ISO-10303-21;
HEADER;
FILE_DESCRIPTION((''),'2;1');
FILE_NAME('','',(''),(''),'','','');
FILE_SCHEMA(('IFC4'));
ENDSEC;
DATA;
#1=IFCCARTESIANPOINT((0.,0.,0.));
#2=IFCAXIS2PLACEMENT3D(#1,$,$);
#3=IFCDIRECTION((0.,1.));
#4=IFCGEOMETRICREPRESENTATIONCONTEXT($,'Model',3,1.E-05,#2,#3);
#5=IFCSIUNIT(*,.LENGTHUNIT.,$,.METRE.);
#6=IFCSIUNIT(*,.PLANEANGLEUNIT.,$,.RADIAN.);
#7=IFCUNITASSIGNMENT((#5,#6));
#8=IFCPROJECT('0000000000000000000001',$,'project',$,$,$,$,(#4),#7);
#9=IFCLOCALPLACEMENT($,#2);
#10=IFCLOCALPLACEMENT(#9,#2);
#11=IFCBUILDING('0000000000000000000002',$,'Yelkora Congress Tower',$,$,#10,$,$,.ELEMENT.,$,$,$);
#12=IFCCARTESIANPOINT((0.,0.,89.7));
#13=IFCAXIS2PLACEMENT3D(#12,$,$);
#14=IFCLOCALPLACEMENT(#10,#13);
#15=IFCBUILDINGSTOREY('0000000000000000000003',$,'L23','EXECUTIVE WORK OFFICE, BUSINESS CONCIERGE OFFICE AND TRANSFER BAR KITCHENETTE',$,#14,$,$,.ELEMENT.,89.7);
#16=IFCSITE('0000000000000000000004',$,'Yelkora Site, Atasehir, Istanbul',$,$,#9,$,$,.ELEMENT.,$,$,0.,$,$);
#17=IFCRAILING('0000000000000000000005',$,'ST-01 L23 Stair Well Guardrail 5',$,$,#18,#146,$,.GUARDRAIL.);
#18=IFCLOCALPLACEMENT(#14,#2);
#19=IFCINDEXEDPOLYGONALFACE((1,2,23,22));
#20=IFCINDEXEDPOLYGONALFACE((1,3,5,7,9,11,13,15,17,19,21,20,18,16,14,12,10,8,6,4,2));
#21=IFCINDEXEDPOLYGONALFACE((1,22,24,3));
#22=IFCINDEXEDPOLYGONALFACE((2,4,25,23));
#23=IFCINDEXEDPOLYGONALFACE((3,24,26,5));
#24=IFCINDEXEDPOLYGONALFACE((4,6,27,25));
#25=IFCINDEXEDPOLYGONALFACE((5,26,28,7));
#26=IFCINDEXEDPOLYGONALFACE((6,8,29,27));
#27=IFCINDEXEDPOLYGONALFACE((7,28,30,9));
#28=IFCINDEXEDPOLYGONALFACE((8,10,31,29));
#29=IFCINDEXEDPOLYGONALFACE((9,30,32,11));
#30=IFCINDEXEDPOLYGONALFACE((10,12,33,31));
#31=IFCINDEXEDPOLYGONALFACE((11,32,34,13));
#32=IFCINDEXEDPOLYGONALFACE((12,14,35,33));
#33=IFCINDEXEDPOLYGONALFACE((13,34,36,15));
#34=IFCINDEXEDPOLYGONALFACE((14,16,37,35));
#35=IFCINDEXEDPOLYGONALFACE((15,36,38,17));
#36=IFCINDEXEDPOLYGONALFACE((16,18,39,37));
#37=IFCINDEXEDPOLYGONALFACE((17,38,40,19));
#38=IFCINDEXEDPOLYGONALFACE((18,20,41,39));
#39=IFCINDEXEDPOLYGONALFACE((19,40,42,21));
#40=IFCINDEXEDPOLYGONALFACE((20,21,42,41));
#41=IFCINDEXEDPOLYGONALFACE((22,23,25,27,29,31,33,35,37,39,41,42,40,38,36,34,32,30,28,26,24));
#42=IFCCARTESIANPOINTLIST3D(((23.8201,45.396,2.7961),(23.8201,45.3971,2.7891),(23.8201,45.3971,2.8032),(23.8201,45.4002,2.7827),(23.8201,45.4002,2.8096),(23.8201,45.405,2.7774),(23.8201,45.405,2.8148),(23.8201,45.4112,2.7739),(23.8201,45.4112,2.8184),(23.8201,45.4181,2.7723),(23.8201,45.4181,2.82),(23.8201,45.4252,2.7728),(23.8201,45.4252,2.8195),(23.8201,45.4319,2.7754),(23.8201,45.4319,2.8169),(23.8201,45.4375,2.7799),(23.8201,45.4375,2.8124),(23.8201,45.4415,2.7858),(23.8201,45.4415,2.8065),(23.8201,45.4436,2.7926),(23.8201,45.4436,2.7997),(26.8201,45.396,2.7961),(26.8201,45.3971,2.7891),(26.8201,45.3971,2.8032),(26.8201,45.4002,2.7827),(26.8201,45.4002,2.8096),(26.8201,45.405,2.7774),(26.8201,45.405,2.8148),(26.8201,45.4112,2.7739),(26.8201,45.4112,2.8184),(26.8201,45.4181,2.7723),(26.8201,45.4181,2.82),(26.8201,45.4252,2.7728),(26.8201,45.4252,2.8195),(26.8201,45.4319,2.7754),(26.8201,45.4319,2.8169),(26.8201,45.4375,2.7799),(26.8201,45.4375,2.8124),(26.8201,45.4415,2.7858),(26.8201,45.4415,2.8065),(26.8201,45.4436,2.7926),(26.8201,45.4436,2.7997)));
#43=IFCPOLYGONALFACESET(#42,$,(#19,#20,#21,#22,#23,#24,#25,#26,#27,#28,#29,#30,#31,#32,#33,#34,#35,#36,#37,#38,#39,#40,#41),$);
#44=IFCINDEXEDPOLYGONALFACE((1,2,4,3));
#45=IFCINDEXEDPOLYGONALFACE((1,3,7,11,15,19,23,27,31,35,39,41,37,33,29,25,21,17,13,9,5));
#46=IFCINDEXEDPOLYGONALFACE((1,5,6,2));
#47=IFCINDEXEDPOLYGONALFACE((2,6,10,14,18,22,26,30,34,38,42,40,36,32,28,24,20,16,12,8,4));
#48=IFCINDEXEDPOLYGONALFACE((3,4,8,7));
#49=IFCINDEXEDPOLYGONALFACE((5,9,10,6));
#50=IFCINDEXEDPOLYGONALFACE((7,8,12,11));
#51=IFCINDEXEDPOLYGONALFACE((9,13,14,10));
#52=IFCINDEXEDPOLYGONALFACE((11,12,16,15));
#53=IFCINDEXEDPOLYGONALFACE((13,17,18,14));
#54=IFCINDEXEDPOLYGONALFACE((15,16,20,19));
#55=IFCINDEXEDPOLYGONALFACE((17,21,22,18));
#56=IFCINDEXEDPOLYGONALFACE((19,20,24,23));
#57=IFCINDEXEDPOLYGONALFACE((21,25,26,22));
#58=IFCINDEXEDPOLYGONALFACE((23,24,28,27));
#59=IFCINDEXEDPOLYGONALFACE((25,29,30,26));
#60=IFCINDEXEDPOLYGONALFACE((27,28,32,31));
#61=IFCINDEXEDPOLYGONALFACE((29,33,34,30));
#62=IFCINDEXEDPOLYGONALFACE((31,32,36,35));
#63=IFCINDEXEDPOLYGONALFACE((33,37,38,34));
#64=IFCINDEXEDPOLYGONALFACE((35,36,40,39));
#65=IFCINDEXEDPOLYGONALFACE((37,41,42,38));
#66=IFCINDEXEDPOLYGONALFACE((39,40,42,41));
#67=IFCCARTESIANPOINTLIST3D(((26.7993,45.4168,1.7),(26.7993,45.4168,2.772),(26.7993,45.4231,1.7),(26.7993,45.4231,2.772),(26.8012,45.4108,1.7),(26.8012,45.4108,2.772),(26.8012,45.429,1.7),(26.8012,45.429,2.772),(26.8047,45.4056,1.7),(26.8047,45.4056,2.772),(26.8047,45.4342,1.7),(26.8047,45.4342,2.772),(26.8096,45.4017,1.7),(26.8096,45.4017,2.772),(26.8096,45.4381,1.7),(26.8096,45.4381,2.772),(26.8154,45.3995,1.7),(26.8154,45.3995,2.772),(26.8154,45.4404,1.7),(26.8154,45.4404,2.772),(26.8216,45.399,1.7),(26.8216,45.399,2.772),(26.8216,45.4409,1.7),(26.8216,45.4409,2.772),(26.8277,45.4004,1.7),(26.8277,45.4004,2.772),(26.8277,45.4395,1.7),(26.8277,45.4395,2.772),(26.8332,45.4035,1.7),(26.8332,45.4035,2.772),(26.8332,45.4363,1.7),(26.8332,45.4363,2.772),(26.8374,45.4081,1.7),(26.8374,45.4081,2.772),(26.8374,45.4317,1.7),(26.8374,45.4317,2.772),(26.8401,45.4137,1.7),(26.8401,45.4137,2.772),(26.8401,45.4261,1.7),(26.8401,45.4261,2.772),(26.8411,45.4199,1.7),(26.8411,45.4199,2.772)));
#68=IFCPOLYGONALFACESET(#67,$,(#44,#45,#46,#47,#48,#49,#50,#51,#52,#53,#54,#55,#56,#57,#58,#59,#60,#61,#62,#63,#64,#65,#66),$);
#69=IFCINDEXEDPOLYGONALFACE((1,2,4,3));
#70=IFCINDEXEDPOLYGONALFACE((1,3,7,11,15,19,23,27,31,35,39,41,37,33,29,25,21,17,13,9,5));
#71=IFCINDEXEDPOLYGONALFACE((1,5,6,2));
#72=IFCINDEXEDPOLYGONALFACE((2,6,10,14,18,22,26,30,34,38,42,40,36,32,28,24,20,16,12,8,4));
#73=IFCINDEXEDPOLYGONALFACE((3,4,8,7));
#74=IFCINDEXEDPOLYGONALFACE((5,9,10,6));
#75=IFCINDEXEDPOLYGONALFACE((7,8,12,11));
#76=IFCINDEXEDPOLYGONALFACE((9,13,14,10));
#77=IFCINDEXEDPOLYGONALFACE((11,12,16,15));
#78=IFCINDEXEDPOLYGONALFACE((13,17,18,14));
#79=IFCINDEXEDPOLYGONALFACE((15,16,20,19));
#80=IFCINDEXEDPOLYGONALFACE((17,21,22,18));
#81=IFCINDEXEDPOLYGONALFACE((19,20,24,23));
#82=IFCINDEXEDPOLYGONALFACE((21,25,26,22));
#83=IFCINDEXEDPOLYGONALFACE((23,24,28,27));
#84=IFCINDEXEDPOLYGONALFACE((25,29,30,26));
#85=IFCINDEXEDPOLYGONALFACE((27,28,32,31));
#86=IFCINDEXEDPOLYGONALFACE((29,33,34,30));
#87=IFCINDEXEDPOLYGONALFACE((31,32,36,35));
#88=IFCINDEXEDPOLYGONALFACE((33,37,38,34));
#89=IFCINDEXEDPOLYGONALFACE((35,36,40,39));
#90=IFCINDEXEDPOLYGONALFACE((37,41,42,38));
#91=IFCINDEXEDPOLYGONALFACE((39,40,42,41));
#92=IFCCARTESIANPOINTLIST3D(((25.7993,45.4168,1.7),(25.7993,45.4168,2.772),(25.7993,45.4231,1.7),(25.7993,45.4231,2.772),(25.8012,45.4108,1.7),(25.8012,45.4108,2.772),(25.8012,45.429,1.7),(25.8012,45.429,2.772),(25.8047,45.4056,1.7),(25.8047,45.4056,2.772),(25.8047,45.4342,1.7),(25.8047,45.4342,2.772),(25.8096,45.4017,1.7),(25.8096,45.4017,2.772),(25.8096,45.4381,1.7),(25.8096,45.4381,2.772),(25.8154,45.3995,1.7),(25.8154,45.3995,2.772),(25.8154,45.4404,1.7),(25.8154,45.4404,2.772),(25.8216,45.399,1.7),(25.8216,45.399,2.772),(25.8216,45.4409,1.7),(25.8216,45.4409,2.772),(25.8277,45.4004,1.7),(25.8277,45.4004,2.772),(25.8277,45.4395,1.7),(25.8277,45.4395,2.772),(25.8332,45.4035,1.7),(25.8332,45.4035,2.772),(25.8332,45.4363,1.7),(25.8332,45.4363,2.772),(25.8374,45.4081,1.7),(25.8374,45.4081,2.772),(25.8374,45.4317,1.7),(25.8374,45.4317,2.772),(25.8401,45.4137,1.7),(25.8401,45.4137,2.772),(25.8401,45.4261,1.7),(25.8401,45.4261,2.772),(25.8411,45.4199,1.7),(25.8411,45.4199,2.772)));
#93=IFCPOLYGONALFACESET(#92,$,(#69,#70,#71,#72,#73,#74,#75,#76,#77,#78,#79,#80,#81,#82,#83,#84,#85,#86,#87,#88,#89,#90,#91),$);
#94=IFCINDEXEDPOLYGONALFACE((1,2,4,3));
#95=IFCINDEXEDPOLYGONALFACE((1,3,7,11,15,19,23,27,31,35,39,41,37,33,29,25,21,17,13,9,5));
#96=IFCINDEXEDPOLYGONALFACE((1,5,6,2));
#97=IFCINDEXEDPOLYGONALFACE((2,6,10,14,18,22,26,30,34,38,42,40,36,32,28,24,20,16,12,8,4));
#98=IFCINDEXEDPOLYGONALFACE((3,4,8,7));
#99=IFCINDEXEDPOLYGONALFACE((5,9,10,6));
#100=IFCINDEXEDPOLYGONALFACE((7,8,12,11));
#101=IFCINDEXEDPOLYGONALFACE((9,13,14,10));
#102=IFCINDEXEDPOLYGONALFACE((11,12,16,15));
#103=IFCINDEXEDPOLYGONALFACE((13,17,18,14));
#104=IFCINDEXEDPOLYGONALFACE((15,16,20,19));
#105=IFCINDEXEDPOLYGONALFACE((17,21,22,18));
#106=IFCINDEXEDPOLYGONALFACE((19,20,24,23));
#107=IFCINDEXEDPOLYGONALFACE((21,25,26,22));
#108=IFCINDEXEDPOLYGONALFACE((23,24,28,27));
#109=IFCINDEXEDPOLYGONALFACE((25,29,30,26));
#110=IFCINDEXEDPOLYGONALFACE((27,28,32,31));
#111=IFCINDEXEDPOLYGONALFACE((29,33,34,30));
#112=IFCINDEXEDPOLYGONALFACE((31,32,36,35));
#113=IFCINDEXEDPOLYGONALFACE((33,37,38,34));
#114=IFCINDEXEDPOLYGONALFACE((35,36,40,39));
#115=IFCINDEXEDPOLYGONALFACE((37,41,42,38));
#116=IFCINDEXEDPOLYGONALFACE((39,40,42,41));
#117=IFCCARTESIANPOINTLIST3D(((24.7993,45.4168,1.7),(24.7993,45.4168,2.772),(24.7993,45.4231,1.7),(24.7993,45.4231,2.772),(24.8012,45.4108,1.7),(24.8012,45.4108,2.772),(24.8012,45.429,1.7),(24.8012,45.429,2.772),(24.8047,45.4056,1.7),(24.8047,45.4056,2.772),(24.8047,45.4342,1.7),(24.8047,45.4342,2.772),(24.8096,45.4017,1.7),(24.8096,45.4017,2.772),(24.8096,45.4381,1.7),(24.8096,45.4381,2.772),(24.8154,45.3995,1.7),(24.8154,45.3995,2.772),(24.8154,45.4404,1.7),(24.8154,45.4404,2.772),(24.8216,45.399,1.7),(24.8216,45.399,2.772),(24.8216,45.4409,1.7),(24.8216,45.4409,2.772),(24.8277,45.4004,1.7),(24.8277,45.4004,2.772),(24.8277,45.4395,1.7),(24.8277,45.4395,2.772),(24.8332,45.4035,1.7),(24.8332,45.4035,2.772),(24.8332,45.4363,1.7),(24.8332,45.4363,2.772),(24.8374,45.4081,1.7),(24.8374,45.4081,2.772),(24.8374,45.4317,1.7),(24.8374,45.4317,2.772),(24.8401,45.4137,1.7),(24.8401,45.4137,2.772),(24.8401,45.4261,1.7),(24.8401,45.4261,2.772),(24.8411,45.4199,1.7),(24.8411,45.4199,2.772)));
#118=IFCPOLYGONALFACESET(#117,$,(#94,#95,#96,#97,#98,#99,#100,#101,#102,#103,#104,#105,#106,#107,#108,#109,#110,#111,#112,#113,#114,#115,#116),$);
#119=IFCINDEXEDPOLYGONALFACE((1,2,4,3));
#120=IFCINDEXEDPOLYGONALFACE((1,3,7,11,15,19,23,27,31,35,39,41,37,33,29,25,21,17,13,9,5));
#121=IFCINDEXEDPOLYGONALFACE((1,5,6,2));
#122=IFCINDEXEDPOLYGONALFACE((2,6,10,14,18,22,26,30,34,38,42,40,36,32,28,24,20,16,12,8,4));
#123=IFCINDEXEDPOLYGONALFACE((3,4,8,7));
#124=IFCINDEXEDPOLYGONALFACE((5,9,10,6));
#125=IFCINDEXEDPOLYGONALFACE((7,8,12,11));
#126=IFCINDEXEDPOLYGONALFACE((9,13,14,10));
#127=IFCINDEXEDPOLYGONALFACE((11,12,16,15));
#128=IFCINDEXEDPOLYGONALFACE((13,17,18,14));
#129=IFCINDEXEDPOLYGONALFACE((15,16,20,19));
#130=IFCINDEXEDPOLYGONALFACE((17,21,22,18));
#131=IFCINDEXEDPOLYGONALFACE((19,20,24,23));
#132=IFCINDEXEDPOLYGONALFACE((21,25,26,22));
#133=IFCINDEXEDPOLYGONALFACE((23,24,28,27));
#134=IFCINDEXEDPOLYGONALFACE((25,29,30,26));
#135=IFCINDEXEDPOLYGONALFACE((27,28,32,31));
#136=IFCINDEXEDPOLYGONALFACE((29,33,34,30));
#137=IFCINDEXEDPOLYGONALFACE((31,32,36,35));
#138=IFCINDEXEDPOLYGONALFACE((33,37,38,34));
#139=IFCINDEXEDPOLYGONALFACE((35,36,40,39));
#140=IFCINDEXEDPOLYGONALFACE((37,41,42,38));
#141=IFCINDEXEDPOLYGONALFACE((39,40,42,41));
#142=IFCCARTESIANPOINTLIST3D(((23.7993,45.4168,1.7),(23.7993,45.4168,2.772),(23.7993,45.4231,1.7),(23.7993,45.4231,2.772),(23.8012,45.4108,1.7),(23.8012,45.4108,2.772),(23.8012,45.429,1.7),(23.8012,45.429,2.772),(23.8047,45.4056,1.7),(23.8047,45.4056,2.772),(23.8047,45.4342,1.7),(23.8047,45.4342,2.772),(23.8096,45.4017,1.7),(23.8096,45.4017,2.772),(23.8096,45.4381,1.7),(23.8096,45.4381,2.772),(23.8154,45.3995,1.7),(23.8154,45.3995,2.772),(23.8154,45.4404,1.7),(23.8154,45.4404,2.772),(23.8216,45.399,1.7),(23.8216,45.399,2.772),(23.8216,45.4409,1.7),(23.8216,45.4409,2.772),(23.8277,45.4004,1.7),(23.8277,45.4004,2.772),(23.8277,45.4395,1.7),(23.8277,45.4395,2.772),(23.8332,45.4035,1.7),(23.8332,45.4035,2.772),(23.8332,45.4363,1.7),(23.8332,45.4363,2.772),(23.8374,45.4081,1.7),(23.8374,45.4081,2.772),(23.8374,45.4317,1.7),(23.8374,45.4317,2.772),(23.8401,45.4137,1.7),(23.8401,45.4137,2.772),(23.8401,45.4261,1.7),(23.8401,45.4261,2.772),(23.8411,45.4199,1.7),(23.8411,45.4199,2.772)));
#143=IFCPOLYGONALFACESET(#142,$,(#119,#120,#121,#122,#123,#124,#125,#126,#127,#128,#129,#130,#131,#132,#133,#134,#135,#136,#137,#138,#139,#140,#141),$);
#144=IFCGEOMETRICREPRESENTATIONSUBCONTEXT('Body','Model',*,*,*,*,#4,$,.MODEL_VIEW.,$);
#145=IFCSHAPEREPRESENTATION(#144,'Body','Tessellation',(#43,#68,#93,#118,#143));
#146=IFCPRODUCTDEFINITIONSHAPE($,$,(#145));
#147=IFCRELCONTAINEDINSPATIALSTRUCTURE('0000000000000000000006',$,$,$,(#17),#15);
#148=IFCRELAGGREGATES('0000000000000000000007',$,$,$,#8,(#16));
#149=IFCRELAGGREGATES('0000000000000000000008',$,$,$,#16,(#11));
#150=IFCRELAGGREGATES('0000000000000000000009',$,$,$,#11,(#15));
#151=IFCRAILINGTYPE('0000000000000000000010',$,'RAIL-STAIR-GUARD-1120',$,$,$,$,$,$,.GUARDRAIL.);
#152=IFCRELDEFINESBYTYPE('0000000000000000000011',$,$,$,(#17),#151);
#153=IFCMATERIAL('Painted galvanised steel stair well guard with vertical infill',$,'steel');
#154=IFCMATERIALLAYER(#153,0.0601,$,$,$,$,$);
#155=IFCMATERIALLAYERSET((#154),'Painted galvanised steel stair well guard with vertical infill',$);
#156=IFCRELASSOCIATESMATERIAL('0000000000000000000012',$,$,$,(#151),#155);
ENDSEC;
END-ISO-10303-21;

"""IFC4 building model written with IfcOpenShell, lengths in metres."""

from ifc_helpers import new_model, si_unit, direction, frame, origin, origin_2d, place, context, subcontext, project, spatial, circle, extrude, material, layer, layer_set, type_object, element, save


model = new_model("IFC4")

# Units and contexts
model_context = context("Model", 3, precision=1e-05, world=origin(), true_north=direction((0.0, 1.0)))
body_context = subcontext(model_context, "Body", "Model", "MODEL_VIEW")
ifc_project = project(units=[si_unit("LENGTHUNIT", "METRE"), si_unit("PLANEANGLEUNIT", "RADIAN")], contexts=[model_context])

# Site, building, storey
site_placement = place(None, origin())
site = spatial("IfcSite", under=ifc_project, at=site_placement, Name="Yelkora Site, Atasehir, Istanbul", CompositionType="ELEMENT", RefElevation=0.0)
building_placement = place(site_placement, origin())
building = spatial("IfcBuilding", under=site, at=building_placement, Name="Yelkora Congress Tower", CompositionType="ELEMENT")
storey_placement = place(building_placement, frame((0.0, 0.0, 89.7)))
storey = spatial("IfcBuildingStorey", under=building, at=storey_placement, Name="L23", Description="EXECUTIVE WORK OFFICE, BUSINESS CONCIERGE OFFICE AND TRANSFER BAR KITCHENETTE", CompositionType="ELEMENT", Elevation=89.7)

# Railing
ifc_material_1 = material(Name="Painted galvanised steel stair well guard with vertical infill", Category="steel")
ifc_layer_1 = layer(ifc_material_1, 0.0601)
ifc_layer_set_1 = layer_set([ifc_layer_1], Name="Painted galvanised steel stair well guard with vertical infill")
railing_type_1 = type_object("IfcRailingType", Name="RAIL-STAIR-GUARD-1120", PredefinedType="GUARDRAIL", material=ifc_layer_set_1)
railing_1_placement = place(storey_placement, frame((26.8201, 45.4199, 1.7)))
element("IfcRailing", 1, at=railing_1_placement, inside=storey, type_object=railing_type_1, Name="ST-01 L23 Stair Well Guardrail 5", PredefinedType="GUARDRAIL", context=body_context, shape_type="SweptSolid", body=[
    extrude(circle(Radius=0.0239, at=origin_2d()), frame((0.0, 0.0, 1.0962), z_axis=(-1.0, 0.0, 0.0), x_axis=(0.0, -1.0, 0.0)), (0.0, 0.0, 1.0), 3.0),
    extrude(circle(Radius=0.021, at=origin_2d()), origin(), (0.0, 0.0, 1.0), 1.072),
    extrude(circle(Radius=0.021, at=origin_2d()), frame((-1.0, 0.0, 0.0)), (0.0, 0.0, 1.0), 1.072),
    extrude(circle(Radius=0.021, at=origin_2d()), frame((-2.0, 0.0, 0.0)), (0.0, 0.0, 1.0), 1.072),
    extrude(circle(Radius=0.021, at=origin_2d()), frame((-3.0, 0.0, 0.0)), (0.0, 0.0, 1.0), 1.072),
])

save(model, "model.ifc")
